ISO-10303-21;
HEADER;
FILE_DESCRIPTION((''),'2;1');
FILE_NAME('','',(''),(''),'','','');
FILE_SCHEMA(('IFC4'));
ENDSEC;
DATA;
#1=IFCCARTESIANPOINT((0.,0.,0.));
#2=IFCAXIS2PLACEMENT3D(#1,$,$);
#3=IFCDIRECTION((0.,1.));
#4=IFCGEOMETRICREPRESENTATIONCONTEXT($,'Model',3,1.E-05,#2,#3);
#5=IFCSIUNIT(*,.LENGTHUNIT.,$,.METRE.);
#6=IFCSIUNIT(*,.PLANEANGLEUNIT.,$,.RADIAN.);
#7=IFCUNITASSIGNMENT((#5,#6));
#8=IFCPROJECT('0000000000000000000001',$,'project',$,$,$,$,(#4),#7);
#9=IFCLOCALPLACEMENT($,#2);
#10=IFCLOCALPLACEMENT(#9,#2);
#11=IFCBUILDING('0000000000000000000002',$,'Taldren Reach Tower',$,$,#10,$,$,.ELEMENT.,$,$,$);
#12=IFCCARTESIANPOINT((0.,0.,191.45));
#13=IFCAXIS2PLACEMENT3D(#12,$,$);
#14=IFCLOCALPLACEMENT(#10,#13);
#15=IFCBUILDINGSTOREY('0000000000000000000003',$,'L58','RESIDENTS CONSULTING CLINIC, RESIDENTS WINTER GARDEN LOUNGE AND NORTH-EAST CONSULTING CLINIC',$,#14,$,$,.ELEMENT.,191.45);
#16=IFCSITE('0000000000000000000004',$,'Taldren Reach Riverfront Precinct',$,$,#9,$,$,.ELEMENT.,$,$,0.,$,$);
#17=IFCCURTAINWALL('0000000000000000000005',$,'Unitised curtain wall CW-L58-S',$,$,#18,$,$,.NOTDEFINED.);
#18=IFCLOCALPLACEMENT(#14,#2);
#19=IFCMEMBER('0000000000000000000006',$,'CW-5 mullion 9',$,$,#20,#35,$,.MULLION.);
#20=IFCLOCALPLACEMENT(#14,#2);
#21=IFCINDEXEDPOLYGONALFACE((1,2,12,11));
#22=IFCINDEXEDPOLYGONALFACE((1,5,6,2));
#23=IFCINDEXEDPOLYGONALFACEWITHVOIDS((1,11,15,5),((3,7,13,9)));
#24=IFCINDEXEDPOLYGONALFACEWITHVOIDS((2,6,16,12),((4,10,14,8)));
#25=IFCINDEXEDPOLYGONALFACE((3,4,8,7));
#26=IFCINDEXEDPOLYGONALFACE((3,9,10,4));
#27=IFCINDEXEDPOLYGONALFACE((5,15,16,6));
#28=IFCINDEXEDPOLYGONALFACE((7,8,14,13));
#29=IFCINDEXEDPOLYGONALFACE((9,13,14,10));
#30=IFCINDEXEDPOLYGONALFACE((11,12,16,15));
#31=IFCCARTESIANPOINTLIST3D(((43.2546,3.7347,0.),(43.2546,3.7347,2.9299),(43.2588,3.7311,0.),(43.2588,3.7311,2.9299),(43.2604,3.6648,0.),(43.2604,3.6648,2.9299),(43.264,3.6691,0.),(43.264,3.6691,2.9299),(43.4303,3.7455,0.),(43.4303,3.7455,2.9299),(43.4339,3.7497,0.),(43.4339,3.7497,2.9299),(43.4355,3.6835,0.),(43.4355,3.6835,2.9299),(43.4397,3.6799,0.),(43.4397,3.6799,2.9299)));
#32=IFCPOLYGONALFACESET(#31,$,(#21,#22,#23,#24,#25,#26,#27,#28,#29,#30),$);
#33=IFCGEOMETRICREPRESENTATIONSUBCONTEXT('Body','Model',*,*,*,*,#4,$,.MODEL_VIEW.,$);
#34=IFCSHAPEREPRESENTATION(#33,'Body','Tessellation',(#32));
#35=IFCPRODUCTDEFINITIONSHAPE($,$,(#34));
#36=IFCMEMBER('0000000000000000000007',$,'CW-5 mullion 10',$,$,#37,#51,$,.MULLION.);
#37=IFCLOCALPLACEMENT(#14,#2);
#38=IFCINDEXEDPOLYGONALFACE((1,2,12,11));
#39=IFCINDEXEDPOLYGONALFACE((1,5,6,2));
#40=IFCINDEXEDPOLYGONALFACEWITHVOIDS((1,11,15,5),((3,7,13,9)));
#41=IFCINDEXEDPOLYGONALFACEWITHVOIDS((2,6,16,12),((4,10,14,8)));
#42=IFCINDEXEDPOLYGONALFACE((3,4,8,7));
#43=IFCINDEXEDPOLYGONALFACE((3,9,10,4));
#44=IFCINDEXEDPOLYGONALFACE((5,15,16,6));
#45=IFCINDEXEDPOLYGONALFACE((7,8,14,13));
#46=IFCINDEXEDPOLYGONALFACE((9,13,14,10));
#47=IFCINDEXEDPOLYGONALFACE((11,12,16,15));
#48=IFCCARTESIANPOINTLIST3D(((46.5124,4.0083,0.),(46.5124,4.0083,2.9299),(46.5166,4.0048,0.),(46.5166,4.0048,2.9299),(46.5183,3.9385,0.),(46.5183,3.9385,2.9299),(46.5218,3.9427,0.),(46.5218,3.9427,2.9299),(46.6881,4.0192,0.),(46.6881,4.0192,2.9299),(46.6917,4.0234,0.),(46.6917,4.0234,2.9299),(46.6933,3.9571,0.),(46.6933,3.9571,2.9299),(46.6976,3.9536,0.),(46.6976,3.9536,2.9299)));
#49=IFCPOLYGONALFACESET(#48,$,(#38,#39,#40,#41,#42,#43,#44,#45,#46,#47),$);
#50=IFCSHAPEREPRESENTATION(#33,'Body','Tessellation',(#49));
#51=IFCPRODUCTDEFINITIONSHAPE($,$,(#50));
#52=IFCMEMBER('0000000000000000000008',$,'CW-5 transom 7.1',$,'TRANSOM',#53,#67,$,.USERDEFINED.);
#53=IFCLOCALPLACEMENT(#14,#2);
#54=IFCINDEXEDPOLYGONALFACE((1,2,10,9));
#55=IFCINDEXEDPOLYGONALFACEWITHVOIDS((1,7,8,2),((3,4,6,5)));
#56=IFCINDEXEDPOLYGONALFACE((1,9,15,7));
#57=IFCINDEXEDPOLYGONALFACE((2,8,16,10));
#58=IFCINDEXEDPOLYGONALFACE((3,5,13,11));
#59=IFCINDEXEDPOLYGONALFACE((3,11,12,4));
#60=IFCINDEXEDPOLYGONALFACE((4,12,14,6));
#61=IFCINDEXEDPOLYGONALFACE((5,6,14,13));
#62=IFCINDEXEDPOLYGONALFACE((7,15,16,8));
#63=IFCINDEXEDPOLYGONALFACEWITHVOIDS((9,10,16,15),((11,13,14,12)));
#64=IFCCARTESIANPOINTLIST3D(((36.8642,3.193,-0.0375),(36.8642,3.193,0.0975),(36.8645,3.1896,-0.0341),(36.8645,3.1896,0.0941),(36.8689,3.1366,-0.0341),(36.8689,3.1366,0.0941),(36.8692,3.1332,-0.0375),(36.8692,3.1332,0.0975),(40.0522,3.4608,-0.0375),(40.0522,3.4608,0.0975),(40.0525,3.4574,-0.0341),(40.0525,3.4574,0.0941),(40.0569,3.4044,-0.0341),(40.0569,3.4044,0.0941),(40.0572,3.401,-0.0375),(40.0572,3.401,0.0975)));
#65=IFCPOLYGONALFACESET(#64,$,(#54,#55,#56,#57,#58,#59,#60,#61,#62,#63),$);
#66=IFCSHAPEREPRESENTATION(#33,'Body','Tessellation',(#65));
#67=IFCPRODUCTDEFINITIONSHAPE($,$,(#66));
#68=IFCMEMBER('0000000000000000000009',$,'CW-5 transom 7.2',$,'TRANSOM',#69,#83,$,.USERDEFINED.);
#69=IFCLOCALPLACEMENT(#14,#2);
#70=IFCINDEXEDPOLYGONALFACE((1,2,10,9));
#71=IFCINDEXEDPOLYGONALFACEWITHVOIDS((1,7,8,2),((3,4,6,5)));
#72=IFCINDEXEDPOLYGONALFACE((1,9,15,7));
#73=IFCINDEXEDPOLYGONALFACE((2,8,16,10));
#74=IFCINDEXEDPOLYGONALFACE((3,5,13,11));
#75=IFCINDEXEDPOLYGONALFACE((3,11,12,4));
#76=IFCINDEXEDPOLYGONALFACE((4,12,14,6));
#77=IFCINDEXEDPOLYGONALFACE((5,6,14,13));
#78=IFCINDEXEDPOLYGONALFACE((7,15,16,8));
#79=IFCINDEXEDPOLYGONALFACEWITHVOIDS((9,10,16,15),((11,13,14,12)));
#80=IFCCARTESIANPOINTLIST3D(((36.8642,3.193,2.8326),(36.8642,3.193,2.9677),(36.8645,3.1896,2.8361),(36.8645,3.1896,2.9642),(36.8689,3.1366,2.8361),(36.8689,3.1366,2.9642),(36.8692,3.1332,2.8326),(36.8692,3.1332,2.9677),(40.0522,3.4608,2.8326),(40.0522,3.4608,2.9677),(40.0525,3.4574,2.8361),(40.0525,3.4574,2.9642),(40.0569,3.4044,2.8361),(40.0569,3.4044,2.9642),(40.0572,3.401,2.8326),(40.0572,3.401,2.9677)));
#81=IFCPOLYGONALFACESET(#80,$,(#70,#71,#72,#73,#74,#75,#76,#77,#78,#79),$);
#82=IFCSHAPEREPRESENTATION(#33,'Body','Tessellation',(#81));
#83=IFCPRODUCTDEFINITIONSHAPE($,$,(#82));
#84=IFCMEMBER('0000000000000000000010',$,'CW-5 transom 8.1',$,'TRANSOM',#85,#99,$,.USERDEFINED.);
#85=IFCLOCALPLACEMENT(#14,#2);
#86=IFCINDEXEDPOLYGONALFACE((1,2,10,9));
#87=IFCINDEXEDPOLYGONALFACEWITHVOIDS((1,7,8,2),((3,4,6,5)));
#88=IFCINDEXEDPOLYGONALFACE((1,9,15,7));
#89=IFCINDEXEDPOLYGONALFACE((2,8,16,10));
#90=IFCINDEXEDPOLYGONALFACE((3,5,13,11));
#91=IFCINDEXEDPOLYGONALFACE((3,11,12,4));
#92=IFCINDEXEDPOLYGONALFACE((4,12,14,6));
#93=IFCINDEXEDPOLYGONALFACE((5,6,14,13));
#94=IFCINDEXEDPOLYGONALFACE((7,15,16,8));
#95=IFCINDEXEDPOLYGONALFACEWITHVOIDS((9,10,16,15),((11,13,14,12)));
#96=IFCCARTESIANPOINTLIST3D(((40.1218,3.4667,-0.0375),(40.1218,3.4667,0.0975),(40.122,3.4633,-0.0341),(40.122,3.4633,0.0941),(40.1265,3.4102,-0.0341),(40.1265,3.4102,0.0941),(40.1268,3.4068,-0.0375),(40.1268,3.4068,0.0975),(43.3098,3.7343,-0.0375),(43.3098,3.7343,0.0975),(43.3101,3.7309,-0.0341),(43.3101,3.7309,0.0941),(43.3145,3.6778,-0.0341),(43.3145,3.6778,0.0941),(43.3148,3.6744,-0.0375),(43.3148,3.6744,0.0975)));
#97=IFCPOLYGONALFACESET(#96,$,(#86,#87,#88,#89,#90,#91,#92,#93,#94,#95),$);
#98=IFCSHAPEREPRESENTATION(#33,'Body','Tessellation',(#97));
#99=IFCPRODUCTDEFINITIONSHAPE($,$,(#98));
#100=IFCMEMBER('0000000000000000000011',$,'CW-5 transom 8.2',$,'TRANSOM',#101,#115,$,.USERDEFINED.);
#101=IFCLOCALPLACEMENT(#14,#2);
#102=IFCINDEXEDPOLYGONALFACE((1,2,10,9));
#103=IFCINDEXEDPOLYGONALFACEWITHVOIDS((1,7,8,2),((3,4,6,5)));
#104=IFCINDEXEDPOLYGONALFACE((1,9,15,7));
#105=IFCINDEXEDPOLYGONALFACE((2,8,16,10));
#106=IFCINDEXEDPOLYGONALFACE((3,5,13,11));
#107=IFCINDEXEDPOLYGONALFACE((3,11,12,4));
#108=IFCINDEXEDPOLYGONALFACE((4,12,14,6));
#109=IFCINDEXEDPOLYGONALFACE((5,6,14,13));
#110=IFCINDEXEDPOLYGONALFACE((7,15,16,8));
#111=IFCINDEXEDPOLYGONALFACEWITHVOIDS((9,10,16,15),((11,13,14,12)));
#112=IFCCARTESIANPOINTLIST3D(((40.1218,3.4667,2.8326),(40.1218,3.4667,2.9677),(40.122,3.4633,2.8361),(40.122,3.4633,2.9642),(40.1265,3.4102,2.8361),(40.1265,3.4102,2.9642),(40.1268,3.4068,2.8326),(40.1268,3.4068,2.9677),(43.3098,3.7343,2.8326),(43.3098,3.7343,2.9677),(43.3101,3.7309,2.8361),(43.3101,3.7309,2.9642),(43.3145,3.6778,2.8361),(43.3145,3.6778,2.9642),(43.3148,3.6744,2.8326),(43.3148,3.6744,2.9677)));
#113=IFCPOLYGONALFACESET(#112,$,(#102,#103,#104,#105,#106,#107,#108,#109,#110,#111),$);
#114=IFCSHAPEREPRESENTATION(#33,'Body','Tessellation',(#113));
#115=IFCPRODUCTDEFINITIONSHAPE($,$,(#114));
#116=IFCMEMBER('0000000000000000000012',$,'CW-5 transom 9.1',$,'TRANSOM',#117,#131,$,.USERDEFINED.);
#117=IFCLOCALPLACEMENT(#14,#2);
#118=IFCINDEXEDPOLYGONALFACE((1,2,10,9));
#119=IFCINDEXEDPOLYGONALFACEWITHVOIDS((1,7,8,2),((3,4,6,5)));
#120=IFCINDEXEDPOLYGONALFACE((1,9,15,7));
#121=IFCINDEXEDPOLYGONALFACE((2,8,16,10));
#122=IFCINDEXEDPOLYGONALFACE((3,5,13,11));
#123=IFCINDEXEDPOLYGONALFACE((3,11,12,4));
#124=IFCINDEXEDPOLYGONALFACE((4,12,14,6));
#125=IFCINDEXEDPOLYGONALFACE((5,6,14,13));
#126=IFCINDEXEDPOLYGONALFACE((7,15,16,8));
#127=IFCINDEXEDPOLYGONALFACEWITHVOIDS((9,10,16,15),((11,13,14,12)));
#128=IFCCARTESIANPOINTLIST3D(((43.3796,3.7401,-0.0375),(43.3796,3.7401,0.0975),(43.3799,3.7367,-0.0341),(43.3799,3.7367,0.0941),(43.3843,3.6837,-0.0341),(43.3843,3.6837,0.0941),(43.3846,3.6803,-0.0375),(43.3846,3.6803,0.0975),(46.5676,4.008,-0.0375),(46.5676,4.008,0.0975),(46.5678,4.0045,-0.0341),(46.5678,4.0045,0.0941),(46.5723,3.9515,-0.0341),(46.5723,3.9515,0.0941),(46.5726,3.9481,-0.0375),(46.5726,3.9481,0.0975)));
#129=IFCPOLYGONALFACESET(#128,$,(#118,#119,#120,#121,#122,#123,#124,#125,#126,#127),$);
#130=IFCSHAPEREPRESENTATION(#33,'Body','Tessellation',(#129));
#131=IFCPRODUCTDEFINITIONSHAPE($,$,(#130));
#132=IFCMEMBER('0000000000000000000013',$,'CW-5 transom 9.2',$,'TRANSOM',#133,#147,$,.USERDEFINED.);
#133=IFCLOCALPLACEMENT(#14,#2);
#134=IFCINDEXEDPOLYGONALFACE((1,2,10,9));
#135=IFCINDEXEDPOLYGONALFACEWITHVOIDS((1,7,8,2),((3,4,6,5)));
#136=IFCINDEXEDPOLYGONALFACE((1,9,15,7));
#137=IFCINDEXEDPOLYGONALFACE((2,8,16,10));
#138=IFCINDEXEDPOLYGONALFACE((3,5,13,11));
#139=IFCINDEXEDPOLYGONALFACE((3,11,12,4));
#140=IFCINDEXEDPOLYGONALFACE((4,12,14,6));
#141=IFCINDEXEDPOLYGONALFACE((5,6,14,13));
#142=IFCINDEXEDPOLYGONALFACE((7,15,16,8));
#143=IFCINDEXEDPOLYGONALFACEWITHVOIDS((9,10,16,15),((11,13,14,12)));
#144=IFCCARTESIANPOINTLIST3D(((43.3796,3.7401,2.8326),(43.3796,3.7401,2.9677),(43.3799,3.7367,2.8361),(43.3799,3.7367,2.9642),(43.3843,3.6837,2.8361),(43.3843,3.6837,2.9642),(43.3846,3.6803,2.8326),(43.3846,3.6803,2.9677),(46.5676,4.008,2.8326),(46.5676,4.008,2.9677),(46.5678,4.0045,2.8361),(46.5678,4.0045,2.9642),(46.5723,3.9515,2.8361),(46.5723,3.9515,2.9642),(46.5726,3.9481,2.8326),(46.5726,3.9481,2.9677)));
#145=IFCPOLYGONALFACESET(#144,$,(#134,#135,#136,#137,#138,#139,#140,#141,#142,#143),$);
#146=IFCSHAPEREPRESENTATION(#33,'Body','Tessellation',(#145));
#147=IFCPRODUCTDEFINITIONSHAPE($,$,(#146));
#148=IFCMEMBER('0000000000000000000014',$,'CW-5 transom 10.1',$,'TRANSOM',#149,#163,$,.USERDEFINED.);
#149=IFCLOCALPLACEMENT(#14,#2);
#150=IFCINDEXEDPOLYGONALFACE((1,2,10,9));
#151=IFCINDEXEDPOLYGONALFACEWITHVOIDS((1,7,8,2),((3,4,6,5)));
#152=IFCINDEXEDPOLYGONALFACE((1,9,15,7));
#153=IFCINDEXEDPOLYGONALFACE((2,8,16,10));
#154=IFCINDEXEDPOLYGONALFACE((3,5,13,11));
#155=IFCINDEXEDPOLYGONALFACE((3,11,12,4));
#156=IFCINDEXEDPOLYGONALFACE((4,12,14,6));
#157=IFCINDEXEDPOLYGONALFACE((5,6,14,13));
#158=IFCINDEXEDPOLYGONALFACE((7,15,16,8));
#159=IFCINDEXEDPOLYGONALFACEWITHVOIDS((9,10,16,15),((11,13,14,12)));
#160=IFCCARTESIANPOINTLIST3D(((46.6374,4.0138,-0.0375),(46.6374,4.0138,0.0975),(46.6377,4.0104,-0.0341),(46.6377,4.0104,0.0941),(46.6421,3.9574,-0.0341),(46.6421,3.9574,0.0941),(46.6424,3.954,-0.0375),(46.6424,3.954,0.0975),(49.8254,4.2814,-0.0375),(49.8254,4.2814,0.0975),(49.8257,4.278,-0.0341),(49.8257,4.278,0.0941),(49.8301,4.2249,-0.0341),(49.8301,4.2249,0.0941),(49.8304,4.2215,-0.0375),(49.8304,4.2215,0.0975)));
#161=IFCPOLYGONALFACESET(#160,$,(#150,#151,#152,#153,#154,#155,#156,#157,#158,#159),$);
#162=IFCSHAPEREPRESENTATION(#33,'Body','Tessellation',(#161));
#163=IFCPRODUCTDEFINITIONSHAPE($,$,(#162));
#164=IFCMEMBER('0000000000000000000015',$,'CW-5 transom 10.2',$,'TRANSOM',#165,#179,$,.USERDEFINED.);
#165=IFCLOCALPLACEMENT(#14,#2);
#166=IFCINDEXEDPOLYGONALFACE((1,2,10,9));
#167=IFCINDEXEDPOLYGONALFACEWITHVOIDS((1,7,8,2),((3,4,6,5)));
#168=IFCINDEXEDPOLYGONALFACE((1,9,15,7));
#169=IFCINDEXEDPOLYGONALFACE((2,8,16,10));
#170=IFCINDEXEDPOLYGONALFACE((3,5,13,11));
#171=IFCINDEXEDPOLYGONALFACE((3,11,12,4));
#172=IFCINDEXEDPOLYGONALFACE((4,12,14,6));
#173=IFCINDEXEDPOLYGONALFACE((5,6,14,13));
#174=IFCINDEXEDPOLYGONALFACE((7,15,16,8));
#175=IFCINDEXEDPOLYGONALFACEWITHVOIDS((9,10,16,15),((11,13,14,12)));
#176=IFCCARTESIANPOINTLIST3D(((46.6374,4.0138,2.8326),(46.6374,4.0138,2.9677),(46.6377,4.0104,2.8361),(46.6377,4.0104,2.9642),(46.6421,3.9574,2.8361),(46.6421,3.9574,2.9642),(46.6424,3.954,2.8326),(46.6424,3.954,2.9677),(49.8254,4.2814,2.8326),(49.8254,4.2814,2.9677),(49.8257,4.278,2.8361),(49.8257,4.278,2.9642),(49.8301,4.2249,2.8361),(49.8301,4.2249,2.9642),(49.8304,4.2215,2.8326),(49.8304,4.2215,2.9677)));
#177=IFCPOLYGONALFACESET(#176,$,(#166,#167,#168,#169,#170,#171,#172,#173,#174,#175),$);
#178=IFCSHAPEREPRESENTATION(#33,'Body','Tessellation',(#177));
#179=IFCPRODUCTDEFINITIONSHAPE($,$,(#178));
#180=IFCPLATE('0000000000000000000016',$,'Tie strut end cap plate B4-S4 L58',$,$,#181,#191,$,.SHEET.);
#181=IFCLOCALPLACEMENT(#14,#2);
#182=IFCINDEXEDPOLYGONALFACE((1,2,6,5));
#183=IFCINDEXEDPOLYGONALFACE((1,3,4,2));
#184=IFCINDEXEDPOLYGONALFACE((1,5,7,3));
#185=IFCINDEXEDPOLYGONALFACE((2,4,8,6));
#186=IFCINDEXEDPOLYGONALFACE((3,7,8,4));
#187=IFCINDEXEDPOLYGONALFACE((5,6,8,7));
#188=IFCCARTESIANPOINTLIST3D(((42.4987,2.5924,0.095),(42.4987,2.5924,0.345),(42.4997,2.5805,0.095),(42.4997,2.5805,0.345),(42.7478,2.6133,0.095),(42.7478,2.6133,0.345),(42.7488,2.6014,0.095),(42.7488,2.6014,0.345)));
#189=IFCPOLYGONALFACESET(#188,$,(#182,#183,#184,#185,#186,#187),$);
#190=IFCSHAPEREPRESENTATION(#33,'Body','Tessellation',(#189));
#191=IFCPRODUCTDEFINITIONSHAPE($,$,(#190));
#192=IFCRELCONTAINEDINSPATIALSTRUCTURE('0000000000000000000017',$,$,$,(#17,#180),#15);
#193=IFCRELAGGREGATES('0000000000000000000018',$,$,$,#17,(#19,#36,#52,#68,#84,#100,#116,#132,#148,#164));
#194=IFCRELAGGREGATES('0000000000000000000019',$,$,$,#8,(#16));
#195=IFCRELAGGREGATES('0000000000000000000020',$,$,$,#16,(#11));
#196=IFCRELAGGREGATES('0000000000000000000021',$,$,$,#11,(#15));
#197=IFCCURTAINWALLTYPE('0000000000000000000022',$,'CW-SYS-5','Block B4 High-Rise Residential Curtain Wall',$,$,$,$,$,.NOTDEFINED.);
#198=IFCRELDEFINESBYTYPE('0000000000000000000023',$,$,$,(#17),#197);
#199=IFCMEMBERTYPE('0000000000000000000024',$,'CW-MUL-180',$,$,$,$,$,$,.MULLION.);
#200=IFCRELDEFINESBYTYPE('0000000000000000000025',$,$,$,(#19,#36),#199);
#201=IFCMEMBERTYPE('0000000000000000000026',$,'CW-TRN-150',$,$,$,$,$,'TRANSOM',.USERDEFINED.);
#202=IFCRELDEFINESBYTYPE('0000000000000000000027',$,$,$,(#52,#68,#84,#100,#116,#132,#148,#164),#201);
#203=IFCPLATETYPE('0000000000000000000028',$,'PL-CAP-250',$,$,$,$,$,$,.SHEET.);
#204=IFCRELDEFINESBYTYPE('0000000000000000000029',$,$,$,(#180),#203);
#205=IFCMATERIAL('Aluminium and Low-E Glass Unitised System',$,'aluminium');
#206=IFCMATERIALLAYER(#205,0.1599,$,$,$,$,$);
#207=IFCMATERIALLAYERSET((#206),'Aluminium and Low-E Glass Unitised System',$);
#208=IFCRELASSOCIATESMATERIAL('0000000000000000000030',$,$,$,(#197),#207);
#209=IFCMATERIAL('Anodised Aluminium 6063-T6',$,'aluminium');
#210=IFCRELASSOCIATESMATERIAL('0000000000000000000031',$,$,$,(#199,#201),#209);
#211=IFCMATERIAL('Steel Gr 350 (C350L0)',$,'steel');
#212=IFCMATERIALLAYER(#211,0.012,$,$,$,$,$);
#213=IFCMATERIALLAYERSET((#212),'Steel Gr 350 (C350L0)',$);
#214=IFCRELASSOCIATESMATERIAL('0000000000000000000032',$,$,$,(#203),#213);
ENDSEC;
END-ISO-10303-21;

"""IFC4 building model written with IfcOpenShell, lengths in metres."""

from ifc_helpers import new_model, si_unit, direction, frame, origin, origin_2d, place, context, subcontext, project, spatial, rectangle, hollow_rectangle, extrude, source, transform, mapped, material, layer, layer_set, material_profile, profile_set, type_object, element, aggregate, save


model = new_model("IFC4")

# Units and contexts
model_context = context("Model", 3, precision=1e-05, world=origin(), true_north=direction((0.0, 1.0)))
body_context = subcontext(model_context, "Body", "Model", "MODEL_VIEW")
ifc_project = project(units=[si_unit("LENGTHUNIT", "METRE"), si_unit("PLANEANGLEUNIT", "RADIAN")], contexts=[model_context])

# Site, building, storey
site_placement = place(None, origin())
site = spatial("IfcSite", under=ifc_project, at=site_placement, Name="Taldren Reach Riverfront Precinct", CompositionType="ELEMENT", RefElevation=0.0)
building_placement = place(site_placement, origin())
building = spatial("IfcBuilding", under=site, at=building_placement, Name="Taldren Reach Tower", CompositionType="ELEMENT")
storey_placement = place(building_placement, frame((0.0, 0.0, 191.45)))
storey = spatial("IfcBuildingStorey", under=building, at=storey_placement, Name="L58", Description="RESIDENTS CONSULTING CLINIC, RESIDENTS WINTER GARDEN LOUNGE AND NORTH-EAST CONSULTING CLINIC", CompositionType="ELEMENT", Elevation=191.45)

# Shared definitions
ifc_material_1 = material(Name="Steel Gr 350 (C350L0)", Category="steel")

# Curtain wall, members
ifc_material_2 = material(Name="Aluminium and Low-E Glass Unitised System", Category="aluminium")
ifc_layer_1 = layer(ifc_material_2, 0.1599)
ifc_layer_set_1 = layer_set([ifc_layer_1], Name="Aluminium and Low-E Glass Unitised System")
curtain_wall_type = type_object("IfcCurtainWallType", Name="CW-SYS-5", Description="Block B4 High-Rise Residential Curtain Wall", PredefinedType="NOTDEFINED", material=ifc_layer_set_1)
curtain_wall_placement = place(storey_placement, origin())
curtain_wall = element("IfcCurtainWall", 1, at=curtain_wall_placement, inside=storey, type_object=curtain_wall_type, Name="Unitised curtain wall CW-L58-S", PredefinedType="NOTDEFINED")
ifc_material_3 = material(Name="Anodised Aluminium 6063-T6", Category="aluminium")
ifc_material_profile_1 = material_profile(ifc_material_3, hollow_rectangle(XDim=0.0701, YDim=0.1799, WallThickness=0.0039, at=origin_2d()), Name="ALU-180x70x4RHS")
ifc_profile_set_1 = profile_set([ifc_material_profile_1], Name="Anodised Aluminium 6063-T6")
member_type_1 = type_object("IfcMemberType", Name="CW-MUL-180", PredefinedType="MULLION", material=ifc_profile_set_1)
shared_shape_1 = source(origin(), body_context, "Body", "SweptSolid", [
    extrude(hollow_rectangle(XDim=0.0701, YDim=0.1799, WallThickness=0.0039, at=origin_2d()), origin(), (0.0, 0.0, 1.0), 2.9299),
])
member_1_placement = place(storey_placement, frame((43.3472, 3.7073, 0.0), z_axis=(0.0, 0.0, 1.0), x_axis=(-0.083678, 0.996493, 0.0)))
member_1 = element("IfcMember", 2, at=member_1_placement, type_object=member_type_1, Name="CW-5 mullion 9", PredefinedType="MULLION", context=body_context, shape_type="MappedRepresentation", body=[
    mapped(shared_shape_1, transform((0.0, 0.0, 0.0), scale=1.0)),
])
member_2_placement = place(storey_placement, frame((46.605, 3.981, 0.0), z_axis=(0.0, 0.0, 1.0), x_axis=(-0.083678, 0.996493, 0.0)))
member_2 = element("IfcMember", 3, at=member_2_placement, type_object=member_type_1, Name="CW-5 mullion 10", PredefinedType="MULLION", context=body_context, shape_type="MappedRepresentation", body=[
    mapped(shared_shape_1, transform((0.0, 0.0, 0.0), scale=1.0)),
])
ifc_material_profile_2 = material_profile(ifc_material_3, hollow_rectangle(XDim=0.0601, YDim=0.135, WallThickness=0.0034, at=origin_2d()), Name="ALU-135x60x3.5RHS")
ifc_profile_set_2 = profile_set([ifc_material_profile_2], Name="Anodised Aluminium 6063-T6")
member_type_2 = type_object("IfcMemberType", Name="CW-TRN-150", ElementType="TRANSOM", PredefinedType="USERDEFINED", material=ifc_profile_set_2)
shared_shape_2 = source(origin(), body_context, "Body", "SweptSolid", [
    extrude(hollow_rectangle(XDim=0.0601, YDim=0.135, WallThickness=0.0034, at=origin_2d()), origin(), (0.0, 0.0, 1.0), 3.1992),
])
member_3_placement = place(storey_placement, frame((36.8667, 3.1631, 0.03), z_axis=(0.99649, 0.083715, 0.0), x_axis=(-0.083715, 0.99649, 0.0)))
member_3 = element("IfcMember", 4, at=member_3_placement, type_object=member_type_2, Name="CW-5 transom 7.1", ObjectType="TRANSOM", PredefinedType="USERDEFINED", context=body_context, shape_type="MappedRepresentation", body=[
    mapped(shared_shape_2, transform((0.0, 0.0, 0.0), scale=1.0)),
])
member_4_placement = place(storey_placement, frame((36.8667, 3.1631, 2.9001), z_axis=(0.99649, 0.083715, 0.0), x_axis=(-0.083715, 0.99649, 0.0)))
member_4 = element("IfcMember", 5, at=member_4_placement, type_object=member_type_2, Name="CW-5 transom 7.2", ObjectType="TRANSOM", PredefinedType="USERDEFINED", context=body_context, shape_type="MappedRepresentation", body=[
    mapped(shared_shape_2, transform((0.0, 0.0, 0.0), scale=1.0)),
])
member_5_placement = place(storey_placement, frame((40.1243, 3.4368, 0.03), z_axis=(0.996496, 0.083639, 0.0), x_axis=(-0.083639, 0.996496, 0.0)))
member_5 = element("IfcMember", 6, at=member_5_placement, type_object=member_type_2, Name="CW-5 transom 8.1", ObjectType="TRANSOM", PredefinedType="USERDEFINED", context=body_context, shape_type="MappedRepresentation", body=[
    mapped(shared_shape_2, transform((0.0, 0.0, 0.0), scale=1.0)),
])
member_6_placement = place(storey_placement, frame((40.1243, 3.4368, 2.9001), z_axis=(0.996496, 0.083639, 0.0), x_axis=(-0.083639, 0.996496, 0.0)))
member_6 = element("IfcMember", 7, at=member_6_placement, type_object=member_type_2, Name="CW-5 transom 8.2", ObjectType="TRANSOM", PredefinedType="USERDEFINED", context=body_context, shape_type="MappedRepresentation", body=[
    mapped(shared_shape_2, transform((0.0, 0.0, 0.0), scale=1.0)),
])
member_7_placement = place(storey_placement, frame((43.3821, 3.7102, 0.03), z_axis=(0.99649, 0.083715, 0.0), x_axis=(-0.083715, 0.99649, 0.0)))
member_7 = element("IfcMember", 8, at=member_7_placement, type_object=member_type_2, Name="CW-5 transom 9.1", ObjectType="TRANSOM", PredefinedType="USERDEFINED", context=body_context, shape_type="MappedRepresentation", body=[
    mapped(shared_shape_2, transform((0.0, 0.0, 0.0), scale=1.0)),
])
member_8_placement = place(storey_placement, frame((43.3821, 3.7102, 2.9001), z_axis=(0.99649, 0.083715, 0.0), x_axis=(-0.083715, 0.99649, 0.0)))
member_8 = element("IfcMember", 9, at=member_8_placement, type_object=member_type_2, Name="CW-5 transom 9.2", ObjectType="TRANSOM", PredefinedType="USERDEFINED", context=body_context, shape_type="MappedRepresentation", body=[
    mapped(shared_shape_2, transform((0.0, 0.0, 0.0), scale=1.0)),
])
member_9_placement = place(storey_placement, frame((46.6399, 3.9839, 0.03), z_axis=(0.996496, 0.083639, 0.0), x_axis=(-0.083639, 0.996496, 0.0)))
member_9 = element("IfcMember", 10, at=member_9_placement, type_object=member_type_2, Name="CW-5 transom 10.1", ObjectType="TRANSOM", PredefinedType="USERDEFINED", context=body_context, shape_type="MappedRepresentation", body=[
    mapped(shared_shape_2, transform((0.0, 0.0, 0.0), scale=1.0)),
])
member_10_placement = place(storey_placement, frame((46.6399, 3.9839, 2.9001), z_axis=(0.996496, 0.083639, 0.0), x_axis=(-0.083639, 0.996496, 0.0)))
member_10 = element("IfcMember", 11, at=member_10_placement, type_object=member_type_2, Name="CW-5 transom 10.2", ObjectType="TRANSOM", PredefinedType="USERDEFINED", context=body_context, shape_type="MappedRepresentation", body=[
    mapped(shared_shape_2, transform((0.0, 0.0, 0.0), scale=1.0)),
])

# Plate
ifc_layer_2 = layer(ifc_material_1, 0.012)
ifc_layer_set_2 = layer_set([ifc_layer_2], Name="Steel Gr 350 (C350L0)")
plate_type_1 = type_object("IfcPlateType", Name="PL-CAP-250", PredefinedType="SHEET", material=ifc_layer_set_2)
shared_shape_3 = source(origin(), body_context, "Body", "SweptSolid", [
    extrude(rectangle(XDim=0.25, YDim=0.012, at=origin_2d()), origin(), (0.0, 0.0, 1.0), 0.25),
])
plate_1_placement = place(storey_placement, frame((42.6238, 2.5969, 0.095), z_axis=(0.0, 0.0, 1.0), x_axis=(0.996493, 0.083678, 0.0)))
element("IfcPlate", 12, at=plate_1_placement, inside=storey, type_object=plate_type_1, Name="Tie strut end cap plate B4-S4 L58", PredefinedType="SHEET", context=body_context, shape_type="MappedRepresentation", body=[
    mapped(shared_shape_3, transform((0.0, 0.0, 0.0), scale=1.0)),
])

aggregate(curtain_wall, [member_1, member_2, member_3, member_4, member_5, member_6, member_7, member_8, member_9, member_10])

save(model, "model.ifc")
